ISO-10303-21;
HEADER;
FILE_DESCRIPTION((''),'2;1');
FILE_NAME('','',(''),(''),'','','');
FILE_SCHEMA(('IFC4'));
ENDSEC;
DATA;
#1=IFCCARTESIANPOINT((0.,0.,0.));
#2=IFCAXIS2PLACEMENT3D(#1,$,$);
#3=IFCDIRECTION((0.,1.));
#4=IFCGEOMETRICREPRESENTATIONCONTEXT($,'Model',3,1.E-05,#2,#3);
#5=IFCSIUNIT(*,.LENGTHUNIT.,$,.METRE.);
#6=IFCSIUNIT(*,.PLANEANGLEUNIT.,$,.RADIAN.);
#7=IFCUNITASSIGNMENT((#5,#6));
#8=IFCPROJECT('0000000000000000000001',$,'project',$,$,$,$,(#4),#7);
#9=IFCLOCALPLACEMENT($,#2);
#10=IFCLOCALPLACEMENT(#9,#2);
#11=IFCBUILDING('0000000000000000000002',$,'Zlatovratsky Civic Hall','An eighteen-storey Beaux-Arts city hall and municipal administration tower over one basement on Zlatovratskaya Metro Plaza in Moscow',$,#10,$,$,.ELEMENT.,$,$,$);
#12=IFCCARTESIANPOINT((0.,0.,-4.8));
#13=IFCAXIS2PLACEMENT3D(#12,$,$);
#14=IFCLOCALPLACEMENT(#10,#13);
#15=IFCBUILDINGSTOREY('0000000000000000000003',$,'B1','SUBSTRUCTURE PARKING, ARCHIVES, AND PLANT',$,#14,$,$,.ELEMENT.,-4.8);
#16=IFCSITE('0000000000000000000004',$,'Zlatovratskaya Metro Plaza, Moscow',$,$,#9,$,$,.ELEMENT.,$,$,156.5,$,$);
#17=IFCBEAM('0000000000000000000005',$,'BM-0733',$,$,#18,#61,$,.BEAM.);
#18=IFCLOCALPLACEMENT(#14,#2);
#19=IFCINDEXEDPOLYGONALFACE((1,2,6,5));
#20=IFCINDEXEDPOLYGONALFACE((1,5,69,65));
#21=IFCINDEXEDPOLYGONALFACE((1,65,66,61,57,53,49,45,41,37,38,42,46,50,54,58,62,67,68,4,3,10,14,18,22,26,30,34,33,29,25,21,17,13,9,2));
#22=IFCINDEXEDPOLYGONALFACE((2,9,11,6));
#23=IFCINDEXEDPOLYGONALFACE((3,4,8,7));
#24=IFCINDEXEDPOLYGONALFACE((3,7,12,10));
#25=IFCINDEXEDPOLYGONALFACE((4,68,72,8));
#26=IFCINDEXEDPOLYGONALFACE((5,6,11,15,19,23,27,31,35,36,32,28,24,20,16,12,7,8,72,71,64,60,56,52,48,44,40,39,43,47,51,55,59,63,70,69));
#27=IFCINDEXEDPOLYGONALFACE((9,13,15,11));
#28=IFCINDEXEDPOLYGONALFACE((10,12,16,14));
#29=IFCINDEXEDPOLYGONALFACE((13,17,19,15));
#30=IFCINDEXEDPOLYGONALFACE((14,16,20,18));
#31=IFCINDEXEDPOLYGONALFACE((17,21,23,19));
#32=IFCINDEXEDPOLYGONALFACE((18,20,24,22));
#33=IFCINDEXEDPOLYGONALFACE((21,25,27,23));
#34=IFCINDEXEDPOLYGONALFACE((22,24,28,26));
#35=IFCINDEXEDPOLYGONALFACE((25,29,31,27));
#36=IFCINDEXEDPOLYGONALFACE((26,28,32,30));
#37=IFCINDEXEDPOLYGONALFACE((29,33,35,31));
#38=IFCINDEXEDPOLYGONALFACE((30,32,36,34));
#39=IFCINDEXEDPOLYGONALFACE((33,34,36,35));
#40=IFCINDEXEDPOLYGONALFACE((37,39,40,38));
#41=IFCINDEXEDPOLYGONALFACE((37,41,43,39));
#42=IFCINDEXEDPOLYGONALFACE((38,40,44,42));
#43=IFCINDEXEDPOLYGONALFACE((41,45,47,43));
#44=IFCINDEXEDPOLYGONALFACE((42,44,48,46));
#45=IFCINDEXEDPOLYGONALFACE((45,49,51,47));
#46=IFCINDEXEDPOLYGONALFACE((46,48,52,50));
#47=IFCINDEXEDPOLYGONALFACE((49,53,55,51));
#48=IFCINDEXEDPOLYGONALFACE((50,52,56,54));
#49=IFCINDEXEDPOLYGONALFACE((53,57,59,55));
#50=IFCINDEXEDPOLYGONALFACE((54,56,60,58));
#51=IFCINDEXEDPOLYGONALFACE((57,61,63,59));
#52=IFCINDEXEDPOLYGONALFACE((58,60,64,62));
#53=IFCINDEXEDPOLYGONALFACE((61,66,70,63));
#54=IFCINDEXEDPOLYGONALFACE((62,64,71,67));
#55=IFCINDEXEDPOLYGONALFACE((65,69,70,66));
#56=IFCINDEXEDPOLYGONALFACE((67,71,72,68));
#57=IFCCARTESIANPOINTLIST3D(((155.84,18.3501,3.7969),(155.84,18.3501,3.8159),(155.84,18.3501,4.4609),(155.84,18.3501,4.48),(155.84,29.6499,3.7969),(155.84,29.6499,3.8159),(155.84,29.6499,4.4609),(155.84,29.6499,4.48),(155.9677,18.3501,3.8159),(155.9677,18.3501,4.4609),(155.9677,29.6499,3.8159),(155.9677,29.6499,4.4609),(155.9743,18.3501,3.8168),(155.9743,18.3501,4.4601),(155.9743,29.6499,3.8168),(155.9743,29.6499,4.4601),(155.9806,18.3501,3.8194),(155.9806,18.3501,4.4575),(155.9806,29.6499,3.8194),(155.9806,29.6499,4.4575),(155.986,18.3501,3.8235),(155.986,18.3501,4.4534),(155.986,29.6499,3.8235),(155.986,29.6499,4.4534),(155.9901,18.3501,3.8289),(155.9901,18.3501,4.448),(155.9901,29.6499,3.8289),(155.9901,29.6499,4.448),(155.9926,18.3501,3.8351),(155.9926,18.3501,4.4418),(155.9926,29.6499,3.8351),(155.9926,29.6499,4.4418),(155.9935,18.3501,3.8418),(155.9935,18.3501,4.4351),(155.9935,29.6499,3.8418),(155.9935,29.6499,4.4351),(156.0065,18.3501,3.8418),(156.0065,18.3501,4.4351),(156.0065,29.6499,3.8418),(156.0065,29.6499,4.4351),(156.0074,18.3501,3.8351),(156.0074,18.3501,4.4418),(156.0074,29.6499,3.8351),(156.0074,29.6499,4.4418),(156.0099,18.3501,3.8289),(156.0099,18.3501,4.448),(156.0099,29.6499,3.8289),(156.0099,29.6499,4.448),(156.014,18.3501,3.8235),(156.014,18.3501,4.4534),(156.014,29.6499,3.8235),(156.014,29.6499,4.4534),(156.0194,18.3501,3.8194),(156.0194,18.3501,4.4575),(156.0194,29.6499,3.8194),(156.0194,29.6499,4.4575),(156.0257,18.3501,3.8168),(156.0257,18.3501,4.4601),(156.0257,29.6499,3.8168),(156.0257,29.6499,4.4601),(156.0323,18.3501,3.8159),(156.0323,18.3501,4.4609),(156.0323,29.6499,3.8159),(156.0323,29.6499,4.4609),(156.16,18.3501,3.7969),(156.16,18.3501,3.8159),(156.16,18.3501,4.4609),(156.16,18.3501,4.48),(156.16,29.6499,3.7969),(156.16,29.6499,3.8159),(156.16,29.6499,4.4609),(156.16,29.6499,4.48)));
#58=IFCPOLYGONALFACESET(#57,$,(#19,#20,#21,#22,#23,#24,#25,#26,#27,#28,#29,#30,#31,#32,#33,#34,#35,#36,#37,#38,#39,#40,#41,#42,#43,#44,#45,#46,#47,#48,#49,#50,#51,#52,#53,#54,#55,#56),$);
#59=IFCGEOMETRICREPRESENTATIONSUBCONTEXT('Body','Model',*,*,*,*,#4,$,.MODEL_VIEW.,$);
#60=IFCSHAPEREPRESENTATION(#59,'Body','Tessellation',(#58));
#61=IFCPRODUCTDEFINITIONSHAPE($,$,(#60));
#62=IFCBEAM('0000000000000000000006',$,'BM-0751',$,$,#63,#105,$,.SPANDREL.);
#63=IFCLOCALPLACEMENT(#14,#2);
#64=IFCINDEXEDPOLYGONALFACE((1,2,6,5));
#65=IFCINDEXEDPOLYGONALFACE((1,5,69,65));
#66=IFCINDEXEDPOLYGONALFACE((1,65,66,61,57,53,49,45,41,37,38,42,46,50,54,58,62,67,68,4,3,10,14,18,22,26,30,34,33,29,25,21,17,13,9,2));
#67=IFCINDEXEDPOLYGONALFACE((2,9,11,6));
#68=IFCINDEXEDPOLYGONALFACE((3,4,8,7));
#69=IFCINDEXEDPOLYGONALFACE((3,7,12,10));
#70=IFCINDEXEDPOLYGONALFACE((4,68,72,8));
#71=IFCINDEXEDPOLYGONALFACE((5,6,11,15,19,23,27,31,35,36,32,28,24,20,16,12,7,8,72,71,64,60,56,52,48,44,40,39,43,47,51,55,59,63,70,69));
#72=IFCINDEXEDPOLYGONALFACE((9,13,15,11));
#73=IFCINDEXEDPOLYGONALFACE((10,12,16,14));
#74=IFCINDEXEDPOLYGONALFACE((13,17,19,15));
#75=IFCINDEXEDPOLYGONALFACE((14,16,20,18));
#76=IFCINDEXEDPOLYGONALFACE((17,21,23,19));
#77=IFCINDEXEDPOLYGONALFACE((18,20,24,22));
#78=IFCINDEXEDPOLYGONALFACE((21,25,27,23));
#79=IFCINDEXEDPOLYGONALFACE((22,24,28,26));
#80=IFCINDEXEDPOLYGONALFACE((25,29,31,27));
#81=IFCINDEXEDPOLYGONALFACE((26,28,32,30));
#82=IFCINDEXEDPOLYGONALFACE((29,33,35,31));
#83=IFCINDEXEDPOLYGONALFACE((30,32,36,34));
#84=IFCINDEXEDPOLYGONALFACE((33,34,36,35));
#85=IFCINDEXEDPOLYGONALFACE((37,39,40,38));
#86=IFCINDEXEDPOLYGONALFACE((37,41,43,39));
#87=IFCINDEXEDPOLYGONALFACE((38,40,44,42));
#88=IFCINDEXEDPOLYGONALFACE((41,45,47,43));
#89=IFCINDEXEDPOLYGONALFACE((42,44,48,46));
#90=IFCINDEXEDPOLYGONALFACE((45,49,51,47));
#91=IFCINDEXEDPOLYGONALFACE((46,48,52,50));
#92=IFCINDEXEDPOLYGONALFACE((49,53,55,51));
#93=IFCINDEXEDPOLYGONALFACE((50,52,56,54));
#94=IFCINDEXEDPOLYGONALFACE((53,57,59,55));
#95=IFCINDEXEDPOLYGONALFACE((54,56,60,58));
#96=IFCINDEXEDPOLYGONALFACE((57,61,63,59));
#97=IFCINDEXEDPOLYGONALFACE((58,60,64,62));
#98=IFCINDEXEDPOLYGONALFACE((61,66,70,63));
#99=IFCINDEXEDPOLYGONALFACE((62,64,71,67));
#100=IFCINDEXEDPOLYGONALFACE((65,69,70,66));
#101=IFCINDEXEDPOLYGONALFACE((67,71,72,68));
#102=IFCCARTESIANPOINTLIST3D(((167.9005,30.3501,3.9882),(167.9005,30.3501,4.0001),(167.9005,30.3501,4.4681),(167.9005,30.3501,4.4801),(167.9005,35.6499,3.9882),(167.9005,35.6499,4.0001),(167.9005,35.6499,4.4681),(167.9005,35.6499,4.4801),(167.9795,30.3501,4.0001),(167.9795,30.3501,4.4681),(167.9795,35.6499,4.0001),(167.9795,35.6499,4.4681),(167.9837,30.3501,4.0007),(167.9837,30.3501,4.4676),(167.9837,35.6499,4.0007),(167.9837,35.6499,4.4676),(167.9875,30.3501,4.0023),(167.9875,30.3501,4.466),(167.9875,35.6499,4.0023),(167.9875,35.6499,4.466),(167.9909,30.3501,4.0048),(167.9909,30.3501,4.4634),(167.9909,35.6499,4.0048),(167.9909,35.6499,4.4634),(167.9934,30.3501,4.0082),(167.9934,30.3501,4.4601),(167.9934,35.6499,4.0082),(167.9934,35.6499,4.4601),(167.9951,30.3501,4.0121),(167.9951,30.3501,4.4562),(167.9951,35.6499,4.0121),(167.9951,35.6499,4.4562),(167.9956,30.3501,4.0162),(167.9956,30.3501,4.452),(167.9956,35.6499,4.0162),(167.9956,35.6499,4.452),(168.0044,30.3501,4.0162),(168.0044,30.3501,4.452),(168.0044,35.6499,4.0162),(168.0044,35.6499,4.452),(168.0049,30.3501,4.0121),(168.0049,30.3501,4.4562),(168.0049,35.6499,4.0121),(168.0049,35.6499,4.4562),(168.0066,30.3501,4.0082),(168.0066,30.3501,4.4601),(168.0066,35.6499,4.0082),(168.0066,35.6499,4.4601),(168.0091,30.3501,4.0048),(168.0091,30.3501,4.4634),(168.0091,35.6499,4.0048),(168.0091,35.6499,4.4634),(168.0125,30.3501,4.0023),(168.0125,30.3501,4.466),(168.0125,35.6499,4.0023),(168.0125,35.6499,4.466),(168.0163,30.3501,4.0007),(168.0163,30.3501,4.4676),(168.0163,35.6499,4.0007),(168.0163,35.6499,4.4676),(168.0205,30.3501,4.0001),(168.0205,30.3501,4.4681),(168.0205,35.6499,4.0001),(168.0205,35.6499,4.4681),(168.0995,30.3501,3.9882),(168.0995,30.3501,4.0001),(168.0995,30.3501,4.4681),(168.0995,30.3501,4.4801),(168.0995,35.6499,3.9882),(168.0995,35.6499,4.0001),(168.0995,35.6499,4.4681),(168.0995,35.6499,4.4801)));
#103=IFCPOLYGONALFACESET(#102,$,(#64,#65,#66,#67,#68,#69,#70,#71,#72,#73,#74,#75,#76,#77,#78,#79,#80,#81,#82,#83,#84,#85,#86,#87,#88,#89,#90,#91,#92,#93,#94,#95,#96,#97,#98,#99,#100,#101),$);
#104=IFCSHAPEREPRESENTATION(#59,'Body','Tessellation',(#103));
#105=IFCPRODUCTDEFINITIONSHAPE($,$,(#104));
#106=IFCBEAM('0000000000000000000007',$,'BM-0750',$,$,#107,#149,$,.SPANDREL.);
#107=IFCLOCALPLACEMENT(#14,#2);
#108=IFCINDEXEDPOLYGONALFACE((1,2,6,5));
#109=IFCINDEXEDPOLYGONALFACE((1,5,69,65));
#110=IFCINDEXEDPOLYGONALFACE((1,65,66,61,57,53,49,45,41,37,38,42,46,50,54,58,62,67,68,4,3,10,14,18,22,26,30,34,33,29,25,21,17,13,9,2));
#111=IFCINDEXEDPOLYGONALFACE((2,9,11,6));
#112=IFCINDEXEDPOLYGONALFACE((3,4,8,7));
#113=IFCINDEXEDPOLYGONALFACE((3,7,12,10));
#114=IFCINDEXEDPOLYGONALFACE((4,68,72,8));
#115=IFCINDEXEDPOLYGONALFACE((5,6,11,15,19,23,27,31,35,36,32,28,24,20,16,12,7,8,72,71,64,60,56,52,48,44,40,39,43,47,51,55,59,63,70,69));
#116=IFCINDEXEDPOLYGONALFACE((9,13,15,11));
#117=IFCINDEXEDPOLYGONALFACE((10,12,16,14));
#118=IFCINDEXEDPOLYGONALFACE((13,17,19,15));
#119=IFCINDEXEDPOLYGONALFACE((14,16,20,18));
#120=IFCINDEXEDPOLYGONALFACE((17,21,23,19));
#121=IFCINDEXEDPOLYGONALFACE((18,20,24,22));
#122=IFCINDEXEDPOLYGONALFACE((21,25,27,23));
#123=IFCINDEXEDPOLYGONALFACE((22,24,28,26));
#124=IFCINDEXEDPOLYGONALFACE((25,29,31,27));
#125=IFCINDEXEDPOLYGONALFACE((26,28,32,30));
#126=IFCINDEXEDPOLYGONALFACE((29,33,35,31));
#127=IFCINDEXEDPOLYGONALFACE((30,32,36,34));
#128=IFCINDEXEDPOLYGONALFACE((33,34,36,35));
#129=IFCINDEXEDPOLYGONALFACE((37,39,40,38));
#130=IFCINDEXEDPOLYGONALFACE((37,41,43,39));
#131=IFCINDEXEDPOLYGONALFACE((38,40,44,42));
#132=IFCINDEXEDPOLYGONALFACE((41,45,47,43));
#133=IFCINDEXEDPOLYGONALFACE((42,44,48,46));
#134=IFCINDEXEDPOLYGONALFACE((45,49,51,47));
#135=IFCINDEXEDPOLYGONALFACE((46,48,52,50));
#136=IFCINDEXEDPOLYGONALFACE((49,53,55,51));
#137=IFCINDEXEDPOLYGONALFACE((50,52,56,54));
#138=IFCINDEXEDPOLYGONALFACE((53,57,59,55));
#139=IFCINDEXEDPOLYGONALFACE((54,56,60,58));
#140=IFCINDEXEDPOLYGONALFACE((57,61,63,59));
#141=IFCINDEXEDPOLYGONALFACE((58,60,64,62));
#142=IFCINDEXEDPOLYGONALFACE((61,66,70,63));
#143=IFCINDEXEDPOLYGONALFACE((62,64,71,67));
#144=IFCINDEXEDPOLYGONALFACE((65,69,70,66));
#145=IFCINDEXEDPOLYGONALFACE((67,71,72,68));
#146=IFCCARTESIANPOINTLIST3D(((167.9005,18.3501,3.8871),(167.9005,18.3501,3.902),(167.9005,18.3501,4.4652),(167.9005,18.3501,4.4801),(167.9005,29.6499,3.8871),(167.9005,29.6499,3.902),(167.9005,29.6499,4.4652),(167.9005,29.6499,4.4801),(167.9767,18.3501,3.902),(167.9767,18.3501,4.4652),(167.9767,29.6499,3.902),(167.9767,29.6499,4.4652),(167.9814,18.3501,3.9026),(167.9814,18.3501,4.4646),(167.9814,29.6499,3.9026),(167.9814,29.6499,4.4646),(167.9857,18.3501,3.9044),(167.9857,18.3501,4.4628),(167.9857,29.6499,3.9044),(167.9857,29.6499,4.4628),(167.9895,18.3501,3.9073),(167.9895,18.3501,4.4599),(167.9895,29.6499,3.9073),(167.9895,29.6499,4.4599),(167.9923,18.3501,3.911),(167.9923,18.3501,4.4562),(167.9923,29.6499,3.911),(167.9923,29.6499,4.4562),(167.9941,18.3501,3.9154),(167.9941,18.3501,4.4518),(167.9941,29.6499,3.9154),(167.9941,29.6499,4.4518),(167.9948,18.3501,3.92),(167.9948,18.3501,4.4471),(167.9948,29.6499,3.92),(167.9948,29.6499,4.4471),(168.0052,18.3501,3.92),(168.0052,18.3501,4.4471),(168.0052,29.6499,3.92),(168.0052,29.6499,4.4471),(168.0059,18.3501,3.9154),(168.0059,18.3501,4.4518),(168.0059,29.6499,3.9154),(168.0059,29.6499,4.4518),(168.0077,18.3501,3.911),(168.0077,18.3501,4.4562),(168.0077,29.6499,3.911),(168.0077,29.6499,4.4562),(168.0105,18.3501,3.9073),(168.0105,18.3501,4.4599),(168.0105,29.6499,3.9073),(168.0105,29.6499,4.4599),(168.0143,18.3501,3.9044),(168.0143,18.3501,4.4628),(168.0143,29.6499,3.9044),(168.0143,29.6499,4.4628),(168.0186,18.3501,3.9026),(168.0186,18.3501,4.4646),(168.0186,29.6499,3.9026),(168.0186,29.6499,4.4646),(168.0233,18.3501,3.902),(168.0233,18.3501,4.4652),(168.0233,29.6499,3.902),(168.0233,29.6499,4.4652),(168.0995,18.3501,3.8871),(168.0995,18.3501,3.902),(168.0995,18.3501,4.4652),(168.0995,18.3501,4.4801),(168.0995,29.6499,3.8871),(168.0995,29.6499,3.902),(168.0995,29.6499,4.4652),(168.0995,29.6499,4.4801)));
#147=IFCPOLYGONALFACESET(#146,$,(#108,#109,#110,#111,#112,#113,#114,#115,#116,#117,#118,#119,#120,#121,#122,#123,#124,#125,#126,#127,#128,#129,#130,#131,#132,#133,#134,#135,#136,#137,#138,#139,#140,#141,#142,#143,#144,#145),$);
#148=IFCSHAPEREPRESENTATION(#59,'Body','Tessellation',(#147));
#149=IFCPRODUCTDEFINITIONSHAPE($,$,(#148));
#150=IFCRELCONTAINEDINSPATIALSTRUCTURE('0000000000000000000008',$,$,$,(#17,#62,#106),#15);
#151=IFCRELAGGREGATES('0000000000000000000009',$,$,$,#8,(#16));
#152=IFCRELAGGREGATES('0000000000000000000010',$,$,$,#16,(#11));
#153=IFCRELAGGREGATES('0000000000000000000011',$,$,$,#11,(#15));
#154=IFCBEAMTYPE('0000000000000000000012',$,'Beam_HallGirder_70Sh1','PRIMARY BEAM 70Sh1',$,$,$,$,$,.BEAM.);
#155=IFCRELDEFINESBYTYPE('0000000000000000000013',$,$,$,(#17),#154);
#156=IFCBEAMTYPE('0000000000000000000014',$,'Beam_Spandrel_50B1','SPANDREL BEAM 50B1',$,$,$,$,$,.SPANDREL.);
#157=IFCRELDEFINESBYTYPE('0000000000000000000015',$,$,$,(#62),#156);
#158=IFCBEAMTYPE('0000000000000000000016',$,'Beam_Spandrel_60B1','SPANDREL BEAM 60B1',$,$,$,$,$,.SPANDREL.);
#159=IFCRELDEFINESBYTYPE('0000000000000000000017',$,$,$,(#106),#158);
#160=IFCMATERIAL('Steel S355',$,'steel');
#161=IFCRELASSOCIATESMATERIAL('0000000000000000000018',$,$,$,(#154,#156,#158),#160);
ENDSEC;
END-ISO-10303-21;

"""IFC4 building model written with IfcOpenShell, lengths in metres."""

from ifc_helpers import new_model, si_unit, direction, frame, origin, origin_2d, place, context, subcontext, project, spatial, i_section, extrude, material, material_profile, profile_set, type_object, element, save


model = new_model("IFC4")

# Units and contexts
model_context = context("Model", 3, precision=1e-05, world=origin(), true_north=direction((0.0, 1.0)))
body_context = subcontext(model_context, "Body", "Model", "MODEL_VIEW")
ifc_project = project(units=[si_unit("LENGTHUNIT", "METRE"), si_unit("PLANEANGLEUNIT", "RADIAN")], contexts=[model_context])

# Site, building, storey
site_placement = place(None, origin())
site = spatial("IfcSite", under=ifc_project, at=site_placement, Name="Zlatovratskaya Metro Plaza, Moscow", CompositionType="ELEMENT", RefElevation=156.5)
building_placement = place(site_placement, origin())
building = spatial("IfcBuilding", under=site, at=building_placement, Name="Zlatovratsky Civic Hall", Description="An eighteen-storey Beaux-Arts city hall and municipal administration tower over one basement on Zlatovratskaya Metro Plaza in Moscow", CompositionType="ELEMENT")
storey_placement = place(building_placement, frame((0.0, 0.0, -4.8)))
storey = spatial("IfcBuildingStorey", under=building, at=storey_placement, Name="B1", Description="SUBSTRUCTURE PARKING, ARCHIVES, AND PLANT", CompositionType="ELEMENT", Elevation=-4.8)

# Beams
ifc_material_1 = material(Name="Steel S355", Category="steel")
ifc_material_profile_1 = material_profile(ifc_material_1, i_section(OverallWidth=0.3201, OverallDepth=0.6831, WebThickness=0.0129, FlangeThickness=0.019, FilletRadius=0.0259, at=origin_2d()), Name="70Sh1")
ifc_profile_set_1 = profile_set([ifc_material_profile_1], Name="Steel S355")
beam_type_1 = type_object("IfcBeamType", Name="Beam_HallGirder_70Sh1", Description="PRIMARY BEAM 70Sh1", PredefinedType="BEAM", material=ifc_profile_set_1)
for number, where, z_axis, x_axis, name in (
    (1, (156.0, 18.3501, 4.1384), (0.0, 1.0, 0.0), (-1.0, 0.0, 0.0), "BM-0733"),
):
    element("IfcBeam", number, at=place(storey_placement, frame(where, z_axis=z_axis, x_axis=x_axis)), inside=storey, type_object=beam_type_1, Name=name, PredefinedType="BEAM", context=body_context, shape_type="SweptSolid", body=[
        extrude(i_section(OverallWidth=0.3201, OverallDepth=0.6831, WebThickness=0.0129, FlangeThickness=0.019, FilletRadius=0.0259, at=origin_2d()), origin(), (0.0, 0.0, 1.0), 11.2998),
    ])
ifc_material_profile_2 = material_profile(ifc_material_1, i_section(OverallWidth=0.199, OverallDepth=0.4919, WebThickness=0.0088, FlangeThickness=0.012, FilletRadius=0.0161, at=origin_2d()), Name="50B1")
ifc_profile_set_2 = profile_set([ifc_material_profile_2], Name="Steel S355")
beam_type_2 = type_object("IfcBeamType", Name="Beam_Spandrel_50B1", Description="SPANDREL BEAM 50B1", PredefinedType="SPANDREL", material=ifc_profile_set_2)
beam_1_placement = place(storey_placement, frame((168.0, 30.3501, 4.2341), z_axis=(0.0, 1.0, 0.0), x_axis=(-1.0, 0.0, 0.0)))
element("IfcBeam", 2, at=beam_1_placement, inside=storey, type_object=beam_type_2, Name="BM-0751", PredefinedType="SPANDREL", context=body_context, shape_type="SweptSolid", body=[
    extrude(i_section(OverallWidth=0.199, OverallDepth=0.4919, WebThickness=0.0088, FlangeThickness=0.012, FilletRadius=0.0161, at=origin_2d()), origin(), (0.0, 0.0, 1.0), 5.2998),
])
ifc_material_profile_3 = material_profile(ifc_material_1, i_section(OverallWidth=0.199, OverallDepth=0.593, WebThickness=0.0105, FlangeThickness=0.0149, FilletRadius=0.0181, at=origin_2d()), Name="60B1")
ifc_profile_set_3 = profile_set([ifc_material_profile_3], Name="Steel S355")
beam_type_3 = type_object("IfcBeamType", Name="Beam_Spandrel_60B1", Description="SPANDREL BEAM 60B1", PredefinedType="SPANDREL", material=ifc_profile_set_3)
beam_2_placement = place(storey_placement, frame((168.0, 18.3501, 4.1836), z_axis=(0.0, 1.0, 0.0), x_axis=(-1.0, 0.0, 0.0)))
element("IfcBeam", 3, at=beam_2_placement, inside=storey, type_object=beam_type_3, Name="BM-0750", PredefinedType="SPANDREL", context=body_context, shape_type="SweptSolid", body=[
    extrude(i_section(OverallWidth=0.199, OverallDepth=0.593, WebThickness=0.0105, FlangeThickness=0.0149, FilletRadius=0.0181, at=origin_2d()), origin(), (0.0, 0.0, 1.0), 11.2998),
])

save(model, "model.ifc")
